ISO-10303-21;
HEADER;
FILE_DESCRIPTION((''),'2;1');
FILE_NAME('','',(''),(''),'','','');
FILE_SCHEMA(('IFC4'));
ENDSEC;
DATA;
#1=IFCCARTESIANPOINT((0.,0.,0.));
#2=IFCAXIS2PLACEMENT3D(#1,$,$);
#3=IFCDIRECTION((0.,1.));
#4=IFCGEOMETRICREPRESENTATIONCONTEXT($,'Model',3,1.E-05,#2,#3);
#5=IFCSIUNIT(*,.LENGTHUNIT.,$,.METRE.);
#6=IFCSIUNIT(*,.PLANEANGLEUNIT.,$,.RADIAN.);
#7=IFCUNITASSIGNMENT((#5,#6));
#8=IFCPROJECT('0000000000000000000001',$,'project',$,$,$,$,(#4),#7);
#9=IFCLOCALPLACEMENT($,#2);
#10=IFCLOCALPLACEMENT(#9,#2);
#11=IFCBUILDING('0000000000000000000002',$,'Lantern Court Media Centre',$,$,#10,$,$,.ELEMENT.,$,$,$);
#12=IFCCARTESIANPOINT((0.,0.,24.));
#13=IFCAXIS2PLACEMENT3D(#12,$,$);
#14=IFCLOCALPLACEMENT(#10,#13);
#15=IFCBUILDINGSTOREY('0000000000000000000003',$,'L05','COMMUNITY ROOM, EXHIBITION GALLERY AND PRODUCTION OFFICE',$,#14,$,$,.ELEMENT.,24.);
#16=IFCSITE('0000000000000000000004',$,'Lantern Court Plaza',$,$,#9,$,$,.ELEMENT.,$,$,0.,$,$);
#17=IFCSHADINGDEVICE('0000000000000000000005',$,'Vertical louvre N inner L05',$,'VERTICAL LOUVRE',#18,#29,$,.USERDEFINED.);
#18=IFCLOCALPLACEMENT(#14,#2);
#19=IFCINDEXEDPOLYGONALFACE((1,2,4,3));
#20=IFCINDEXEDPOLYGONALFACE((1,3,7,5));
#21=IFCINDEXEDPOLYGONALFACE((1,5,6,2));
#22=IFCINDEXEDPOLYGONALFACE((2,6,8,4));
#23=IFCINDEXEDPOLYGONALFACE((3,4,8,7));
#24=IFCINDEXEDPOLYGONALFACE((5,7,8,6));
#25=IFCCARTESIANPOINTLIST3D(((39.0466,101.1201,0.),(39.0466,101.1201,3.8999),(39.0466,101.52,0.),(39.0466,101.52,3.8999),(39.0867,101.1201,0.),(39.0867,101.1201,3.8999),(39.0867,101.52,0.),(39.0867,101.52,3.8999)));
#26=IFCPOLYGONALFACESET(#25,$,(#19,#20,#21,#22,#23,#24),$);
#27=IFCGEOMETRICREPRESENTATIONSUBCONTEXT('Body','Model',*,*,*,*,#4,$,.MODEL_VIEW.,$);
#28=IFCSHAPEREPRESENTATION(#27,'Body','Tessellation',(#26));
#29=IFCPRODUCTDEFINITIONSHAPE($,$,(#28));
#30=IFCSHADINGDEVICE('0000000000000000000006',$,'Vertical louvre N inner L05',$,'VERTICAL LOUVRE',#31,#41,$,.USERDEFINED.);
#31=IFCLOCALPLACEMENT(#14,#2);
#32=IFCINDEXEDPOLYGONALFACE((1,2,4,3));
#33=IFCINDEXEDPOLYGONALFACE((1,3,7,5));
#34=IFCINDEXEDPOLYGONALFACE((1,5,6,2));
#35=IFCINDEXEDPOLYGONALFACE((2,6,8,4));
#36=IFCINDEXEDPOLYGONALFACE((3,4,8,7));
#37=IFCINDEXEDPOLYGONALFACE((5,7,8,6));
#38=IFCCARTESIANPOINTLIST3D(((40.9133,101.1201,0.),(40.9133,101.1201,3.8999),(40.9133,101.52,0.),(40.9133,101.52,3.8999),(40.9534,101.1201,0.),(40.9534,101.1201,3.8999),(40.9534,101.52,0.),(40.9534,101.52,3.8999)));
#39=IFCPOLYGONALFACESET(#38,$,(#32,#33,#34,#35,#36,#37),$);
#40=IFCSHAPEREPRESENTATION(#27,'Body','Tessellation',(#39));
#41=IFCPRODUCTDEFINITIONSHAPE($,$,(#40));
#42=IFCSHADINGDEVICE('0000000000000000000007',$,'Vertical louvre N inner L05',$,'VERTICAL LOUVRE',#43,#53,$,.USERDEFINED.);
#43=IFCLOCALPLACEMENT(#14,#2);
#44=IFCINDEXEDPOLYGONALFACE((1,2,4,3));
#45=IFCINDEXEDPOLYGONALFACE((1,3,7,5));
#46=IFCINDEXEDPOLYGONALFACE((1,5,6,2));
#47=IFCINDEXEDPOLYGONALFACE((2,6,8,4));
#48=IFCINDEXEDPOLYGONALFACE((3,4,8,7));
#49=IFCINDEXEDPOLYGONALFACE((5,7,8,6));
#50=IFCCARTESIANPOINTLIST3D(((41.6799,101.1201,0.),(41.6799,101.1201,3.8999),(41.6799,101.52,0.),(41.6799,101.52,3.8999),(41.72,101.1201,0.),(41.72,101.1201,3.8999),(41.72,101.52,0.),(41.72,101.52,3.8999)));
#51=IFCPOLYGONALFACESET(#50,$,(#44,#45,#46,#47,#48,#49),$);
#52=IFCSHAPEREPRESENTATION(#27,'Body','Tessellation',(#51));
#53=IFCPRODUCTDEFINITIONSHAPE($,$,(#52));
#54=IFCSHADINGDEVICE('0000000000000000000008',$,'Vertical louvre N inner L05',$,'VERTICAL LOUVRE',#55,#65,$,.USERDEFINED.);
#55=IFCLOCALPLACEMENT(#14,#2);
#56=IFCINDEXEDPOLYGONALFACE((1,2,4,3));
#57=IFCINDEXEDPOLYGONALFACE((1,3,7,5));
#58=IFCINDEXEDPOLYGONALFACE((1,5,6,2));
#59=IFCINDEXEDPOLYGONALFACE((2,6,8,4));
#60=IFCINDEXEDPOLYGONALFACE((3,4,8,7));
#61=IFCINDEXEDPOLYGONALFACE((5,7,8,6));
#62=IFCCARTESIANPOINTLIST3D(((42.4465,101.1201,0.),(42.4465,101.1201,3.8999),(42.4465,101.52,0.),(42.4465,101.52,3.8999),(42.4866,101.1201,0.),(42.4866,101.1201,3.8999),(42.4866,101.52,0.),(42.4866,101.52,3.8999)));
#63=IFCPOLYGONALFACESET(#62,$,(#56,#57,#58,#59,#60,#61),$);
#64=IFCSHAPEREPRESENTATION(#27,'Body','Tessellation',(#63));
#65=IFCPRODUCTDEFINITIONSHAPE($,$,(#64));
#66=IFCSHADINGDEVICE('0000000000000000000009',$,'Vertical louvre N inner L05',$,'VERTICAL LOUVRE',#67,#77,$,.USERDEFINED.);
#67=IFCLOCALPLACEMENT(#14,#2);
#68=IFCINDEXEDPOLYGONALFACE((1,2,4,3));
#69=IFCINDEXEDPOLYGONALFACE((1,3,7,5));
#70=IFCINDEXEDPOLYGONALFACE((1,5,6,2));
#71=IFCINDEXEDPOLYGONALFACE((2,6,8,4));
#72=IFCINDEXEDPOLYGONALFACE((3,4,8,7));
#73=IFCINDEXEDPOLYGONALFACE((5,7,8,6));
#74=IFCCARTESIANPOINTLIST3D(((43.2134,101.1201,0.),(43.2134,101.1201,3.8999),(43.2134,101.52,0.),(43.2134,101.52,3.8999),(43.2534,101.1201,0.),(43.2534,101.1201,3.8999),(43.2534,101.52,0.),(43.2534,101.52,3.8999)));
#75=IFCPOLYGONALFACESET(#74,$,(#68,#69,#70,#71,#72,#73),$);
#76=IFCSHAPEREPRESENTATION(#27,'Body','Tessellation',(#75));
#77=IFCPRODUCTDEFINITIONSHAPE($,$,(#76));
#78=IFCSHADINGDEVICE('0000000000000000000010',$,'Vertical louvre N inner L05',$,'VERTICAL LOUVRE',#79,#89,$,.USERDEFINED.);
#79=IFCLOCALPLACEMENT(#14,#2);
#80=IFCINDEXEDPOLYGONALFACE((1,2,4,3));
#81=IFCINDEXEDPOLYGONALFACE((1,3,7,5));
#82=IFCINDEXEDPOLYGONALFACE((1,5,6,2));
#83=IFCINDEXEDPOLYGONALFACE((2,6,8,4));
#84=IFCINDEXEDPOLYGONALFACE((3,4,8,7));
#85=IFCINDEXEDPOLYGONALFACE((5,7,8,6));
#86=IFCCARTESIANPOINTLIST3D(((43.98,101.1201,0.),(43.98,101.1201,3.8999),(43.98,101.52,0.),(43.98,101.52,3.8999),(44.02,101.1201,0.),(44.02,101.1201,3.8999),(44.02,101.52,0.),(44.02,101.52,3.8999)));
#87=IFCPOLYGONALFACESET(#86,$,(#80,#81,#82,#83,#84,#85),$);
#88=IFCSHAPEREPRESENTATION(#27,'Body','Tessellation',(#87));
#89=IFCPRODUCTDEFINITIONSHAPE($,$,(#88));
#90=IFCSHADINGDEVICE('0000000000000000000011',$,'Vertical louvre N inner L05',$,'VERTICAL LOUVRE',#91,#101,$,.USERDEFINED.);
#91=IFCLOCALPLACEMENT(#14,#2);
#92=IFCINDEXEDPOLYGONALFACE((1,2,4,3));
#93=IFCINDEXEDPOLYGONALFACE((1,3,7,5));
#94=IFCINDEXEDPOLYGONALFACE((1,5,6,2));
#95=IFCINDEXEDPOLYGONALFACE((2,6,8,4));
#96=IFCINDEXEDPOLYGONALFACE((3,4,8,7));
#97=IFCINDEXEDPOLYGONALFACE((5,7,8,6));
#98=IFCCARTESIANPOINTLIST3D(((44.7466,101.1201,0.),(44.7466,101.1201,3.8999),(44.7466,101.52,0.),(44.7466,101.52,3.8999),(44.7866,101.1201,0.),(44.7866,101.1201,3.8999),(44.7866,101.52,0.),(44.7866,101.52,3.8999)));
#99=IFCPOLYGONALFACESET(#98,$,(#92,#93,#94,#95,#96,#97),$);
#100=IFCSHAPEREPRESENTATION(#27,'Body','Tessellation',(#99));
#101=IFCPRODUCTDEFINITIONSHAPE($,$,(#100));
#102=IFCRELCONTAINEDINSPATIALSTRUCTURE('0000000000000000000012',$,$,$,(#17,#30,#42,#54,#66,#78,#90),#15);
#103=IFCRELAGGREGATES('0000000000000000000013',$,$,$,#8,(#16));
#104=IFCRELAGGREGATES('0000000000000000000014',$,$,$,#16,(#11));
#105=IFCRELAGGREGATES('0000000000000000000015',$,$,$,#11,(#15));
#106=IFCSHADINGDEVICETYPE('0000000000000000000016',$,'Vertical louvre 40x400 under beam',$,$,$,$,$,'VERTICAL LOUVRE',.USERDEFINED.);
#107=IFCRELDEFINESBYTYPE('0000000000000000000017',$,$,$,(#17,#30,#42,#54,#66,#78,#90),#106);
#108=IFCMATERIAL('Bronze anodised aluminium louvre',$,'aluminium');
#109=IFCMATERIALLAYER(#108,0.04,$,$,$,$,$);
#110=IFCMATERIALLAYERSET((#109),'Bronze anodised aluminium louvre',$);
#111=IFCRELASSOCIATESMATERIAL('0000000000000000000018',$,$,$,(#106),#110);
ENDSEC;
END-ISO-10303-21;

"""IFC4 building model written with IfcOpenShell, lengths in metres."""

from ifc_helpers import new_model, si_unit, direction, frame, origin, origin_2d, place, context, subcontext, project, spatial, rectangle, extrude, material, layer, layer_set, type_object, element, save


model = new_model("IFC4")

# Units and contexts
model_context = context("Model", 3, precision=1e-05, world=origin(), true_north=direction((0.0, 1.0)))
body_context = subcontext(model_context, "Body", "Model", "MODEL_VIEW")
ifc_project = project(units=[si_unit("LENGTHUNIT", "METRE"), si_unit("PLANEANGLEUNIT", "RADIAN")], contexts=[model_context])

# Site, building, storey
site_placement = place(None, origin())
site = spatial("IfcSite", under=ifc_project, at=site_placement, Name="Lantern Court Plaza", CompositionType="ELEMENT", RefElevation=0.0)
building_placement = place(site_placement, origin())
building = spatial("IfcBuilding", under=site, at=building_placement, Name="Lantern Court Media Centre", CompositionType="ELEMENT")
storey_placement = place(building_placement, frame((0.0, 0.0, 24.0)))
storey = spatial("IfcBuildingStorey", under=building, at=storey_placement, Name="L05", Description="COMMUNITY ROOM, EXHIBITION GALLERY AND PRODUCTION OFFICE", CompositionType="ELEMENT", Elevation=24.0)

# Shading devices
ifc_material_1 = material(Name="Bronze anodised aluminium louvre", Category="aluminium")
ifc_layer_1 = layer(ifc_material_1, 0.04)
ifc_layer_set_1 = layer_set([ifc_layer_1], Name="Bronze anodised aluminium louvre")
shading_device_type = type_object("IfcShadingDeviceType", Name="Vertical louvre 40x400 under beam", ElementType="VERTICAL LOUVRE", PredefinedType="USERDEFINED", material=ifc_layer_set_1)
for number, where, z_axis, x_axis, name in (
    (1, (39.0667, 101.3201, 0.0), (0.0, 0.0, 1.0), (1.0, 0.0, 0.0), "Vertical louvre N inner L05"),
    (2, (40.9333, 101.3201, 0.0), (0.0, 0.0, 1.0), (1.0, 0.0, 0.0), "Vertical louvre N inner L05"),
    (3, (41.7, 101.3201, 0.0), (0.0, 0.0, 1.0), (1.0, 0.0, 0.0), "Vertical louvre N inner L05"),
    (4, (42.4666, 101.3201, 0.0), (0.0, 0.0, 1.0), (1.0, 0.0, 0.0), "Vertical louvre N inner L05"),
    (5, (43.2334, 101.3201, 0.0), (0.0, 0.0, 1.0), (1.0, 0.0, 0.0), "Vertical louvre N inner L05"),
    (6, (44.0, 101.3201, 0.0), (0.0, 0.0, 1.0), (1.0, 0.0, 0.0), "Vertical louvre N inner L05"),
    (7, (44.7666, 101.3201, 0.0), (0.0, 0.0, 1.0), (1.0, 0.0, 0.0), "Vertical louvre N inner L05"),
):
    element("IfcShadingDevice", number, at=place(storey_placement, frame(where, z_axis=z_axis, x_axis=x_axis)), inside=storey, type_object=shading_device_type, Name=name, ObjectType="VERTICAL LOUVRE", PredefinedType="USERDEFINED", context=body_context, shape_type="SweptSolid", body=[
        extrude(rectangle(XDim=0.04, YDim=0.3999, at=origin_2d()), origin(), (0.0, 0.0, 1.0), 3.8999),
    ])

save(model, "model.ifc")
